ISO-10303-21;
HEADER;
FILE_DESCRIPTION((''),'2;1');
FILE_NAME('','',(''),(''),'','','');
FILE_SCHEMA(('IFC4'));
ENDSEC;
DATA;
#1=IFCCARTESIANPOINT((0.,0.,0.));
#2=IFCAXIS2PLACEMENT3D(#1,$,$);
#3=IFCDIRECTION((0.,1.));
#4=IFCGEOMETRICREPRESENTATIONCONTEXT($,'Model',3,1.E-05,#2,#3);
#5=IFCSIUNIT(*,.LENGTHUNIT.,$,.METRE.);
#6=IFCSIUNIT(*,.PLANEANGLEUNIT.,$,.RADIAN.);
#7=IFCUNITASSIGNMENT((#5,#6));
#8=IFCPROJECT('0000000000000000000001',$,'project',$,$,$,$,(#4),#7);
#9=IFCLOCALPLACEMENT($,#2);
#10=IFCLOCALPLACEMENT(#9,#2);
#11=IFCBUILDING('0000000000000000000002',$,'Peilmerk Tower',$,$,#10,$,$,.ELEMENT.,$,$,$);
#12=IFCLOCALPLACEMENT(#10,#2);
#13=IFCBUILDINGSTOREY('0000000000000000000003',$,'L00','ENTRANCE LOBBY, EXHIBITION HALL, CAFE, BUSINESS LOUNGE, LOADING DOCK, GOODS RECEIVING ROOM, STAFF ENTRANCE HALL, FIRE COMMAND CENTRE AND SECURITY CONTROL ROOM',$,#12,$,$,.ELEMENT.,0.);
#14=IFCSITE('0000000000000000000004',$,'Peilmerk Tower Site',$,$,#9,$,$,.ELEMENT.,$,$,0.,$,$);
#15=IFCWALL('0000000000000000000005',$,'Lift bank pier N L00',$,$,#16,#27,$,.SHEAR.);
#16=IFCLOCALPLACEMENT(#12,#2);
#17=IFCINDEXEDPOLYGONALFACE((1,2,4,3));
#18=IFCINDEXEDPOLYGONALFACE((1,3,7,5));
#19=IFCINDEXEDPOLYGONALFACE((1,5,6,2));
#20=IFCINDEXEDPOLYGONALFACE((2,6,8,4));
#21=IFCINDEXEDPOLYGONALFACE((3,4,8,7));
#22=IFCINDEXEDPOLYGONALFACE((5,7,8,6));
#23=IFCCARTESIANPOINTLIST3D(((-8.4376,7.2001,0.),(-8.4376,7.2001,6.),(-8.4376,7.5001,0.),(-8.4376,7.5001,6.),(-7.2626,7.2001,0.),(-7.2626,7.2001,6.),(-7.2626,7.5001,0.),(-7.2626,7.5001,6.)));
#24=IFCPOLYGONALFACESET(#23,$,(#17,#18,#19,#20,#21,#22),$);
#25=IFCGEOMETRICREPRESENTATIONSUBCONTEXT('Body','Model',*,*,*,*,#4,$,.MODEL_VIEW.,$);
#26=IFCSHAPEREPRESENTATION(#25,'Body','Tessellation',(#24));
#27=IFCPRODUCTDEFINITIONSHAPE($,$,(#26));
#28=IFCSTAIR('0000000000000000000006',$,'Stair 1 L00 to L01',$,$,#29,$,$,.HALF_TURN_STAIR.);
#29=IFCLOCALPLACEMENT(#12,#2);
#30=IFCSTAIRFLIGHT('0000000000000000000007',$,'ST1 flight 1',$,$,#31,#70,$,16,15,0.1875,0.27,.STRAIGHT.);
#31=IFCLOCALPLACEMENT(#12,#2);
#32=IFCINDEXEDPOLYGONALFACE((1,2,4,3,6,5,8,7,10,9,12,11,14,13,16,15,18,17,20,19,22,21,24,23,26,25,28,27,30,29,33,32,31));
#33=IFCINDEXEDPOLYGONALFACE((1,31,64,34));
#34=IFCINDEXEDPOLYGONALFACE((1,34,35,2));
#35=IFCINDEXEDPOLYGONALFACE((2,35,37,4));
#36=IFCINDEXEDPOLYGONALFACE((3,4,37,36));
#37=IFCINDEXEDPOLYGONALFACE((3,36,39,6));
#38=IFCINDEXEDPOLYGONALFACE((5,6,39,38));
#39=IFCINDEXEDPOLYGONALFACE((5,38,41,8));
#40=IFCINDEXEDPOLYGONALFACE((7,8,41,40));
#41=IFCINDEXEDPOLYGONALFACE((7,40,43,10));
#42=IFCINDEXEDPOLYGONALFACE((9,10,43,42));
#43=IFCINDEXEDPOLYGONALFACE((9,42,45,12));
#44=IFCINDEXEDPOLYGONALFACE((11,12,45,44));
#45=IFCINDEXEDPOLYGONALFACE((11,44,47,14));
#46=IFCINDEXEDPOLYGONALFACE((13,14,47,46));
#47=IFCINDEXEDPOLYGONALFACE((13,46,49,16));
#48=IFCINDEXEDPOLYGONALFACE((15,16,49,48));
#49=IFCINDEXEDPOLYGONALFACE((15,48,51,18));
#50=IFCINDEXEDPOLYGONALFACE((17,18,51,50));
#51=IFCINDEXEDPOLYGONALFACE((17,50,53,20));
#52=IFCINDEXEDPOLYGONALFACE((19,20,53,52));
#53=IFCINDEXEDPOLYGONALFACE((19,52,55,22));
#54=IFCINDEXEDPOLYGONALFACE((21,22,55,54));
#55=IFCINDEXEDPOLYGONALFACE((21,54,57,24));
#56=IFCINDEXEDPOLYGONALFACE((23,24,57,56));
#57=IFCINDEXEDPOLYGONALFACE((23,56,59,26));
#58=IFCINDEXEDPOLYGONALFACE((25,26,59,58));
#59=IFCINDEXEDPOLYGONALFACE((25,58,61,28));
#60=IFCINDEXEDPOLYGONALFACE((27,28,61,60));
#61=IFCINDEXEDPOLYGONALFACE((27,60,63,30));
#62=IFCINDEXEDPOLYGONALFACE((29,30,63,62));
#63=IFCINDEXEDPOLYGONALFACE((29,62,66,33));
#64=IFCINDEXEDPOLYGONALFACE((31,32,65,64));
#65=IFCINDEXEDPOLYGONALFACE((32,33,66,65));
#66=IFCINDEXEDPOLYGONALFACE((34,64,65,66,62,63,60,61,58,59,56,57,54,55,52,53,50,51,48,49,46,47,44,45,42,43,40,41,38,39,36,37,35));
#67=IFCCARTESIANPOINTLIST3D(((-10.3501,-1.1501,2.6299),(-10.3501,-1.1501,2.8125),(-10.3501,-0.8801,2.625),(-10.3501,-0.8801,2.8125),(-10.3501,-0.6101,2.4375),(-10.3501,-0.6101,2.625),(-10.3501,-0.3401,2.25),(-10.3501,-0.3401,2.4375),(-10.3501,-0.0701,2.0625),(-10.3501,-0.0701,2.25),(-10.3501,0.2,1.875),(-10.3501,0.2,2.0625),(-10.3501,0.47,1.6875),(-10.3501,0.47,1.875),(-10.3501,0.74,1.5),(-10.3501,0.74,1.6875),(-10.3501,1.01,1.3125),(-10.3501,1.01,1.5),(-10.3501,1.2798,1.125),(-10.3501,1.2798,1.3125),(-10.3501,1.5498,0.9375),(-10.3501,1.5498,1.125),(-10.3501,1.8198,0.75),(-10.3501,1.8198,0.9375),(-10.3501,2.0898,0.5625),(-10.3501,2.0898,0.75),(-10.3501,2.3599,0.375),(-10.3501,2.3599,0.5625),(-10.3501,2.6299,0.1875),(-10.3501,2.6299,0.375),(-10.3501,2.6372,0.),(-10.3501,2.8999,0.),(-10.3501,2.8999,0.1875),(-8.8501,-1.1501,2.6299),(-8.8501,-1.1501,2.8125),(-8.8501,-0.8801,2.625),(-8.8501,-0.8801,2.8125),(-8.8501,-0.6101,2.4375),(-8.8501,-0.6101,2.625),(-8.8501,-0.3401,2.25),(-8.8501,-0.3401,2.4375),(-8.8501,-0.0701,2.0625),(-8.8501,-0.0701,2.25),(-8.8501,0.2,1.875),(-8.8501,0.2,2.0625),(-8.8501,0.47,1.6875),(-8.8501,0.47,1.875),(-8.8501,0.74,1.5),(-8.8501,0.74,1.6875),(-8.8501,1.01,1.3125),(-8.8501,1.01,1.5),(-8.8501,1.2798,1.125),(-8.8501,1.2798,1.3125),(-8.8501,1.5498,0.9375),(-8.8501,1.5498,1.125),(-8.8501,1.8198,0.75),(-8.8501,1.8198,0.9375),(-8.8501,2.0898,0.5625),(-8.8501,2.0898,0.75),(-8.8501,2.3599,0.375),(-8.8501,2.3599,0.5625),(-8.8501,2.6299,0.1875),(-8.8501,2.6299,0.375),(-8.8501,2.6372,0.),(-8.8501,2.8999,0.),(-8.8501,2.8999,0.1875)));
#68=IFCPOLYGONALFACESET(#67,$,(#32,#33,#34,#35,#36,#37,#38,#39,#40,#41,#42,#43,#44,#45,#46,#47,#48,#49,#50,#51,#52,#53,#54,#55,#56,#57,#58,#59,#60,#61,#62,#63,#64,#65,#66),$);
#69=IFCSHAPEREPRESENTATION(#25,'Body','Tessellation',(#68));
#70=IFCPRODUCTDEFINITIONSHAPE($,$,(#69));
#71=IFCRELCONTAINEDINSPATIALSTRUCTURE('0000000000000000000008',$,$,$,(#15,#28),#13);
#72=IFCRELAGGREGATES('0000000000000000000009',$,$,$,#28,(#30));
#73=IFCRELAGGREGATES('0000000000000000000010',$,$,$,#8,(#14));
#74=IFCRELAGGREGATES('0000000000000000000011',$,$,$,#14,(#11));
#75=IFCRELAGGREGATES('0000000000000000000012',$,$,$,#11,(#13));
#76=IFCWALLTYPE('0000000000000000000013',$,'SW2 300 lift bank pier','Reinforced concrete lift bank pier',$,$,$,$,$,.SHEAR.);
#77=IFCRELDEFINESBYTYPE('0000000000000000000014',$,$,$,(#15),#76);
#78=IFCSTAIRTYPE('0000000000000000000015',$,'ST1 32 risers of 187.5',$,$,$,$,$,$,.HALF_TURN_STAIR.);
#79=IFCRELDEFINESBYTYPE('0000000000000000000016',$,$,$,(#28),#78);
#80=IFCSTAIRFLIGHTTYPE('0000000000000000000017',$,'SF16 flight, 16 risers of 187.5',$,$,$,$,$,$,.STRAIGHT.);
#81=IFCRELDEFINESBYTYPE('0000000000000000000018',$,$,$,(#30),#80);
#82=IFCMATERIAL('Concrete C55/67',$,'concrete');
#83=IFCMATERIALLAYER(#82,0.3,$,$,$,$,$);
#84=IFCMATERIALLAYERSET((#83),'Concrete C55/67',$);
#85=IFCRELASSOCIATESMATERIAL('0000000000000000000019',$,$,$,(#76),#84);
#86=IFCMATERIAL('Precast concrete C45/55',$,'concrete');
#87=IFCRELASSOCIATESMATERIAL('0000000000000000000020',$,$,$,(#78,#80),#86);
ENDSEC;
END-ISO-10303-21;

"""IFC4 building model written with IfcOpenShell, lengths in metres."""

from ifc_helpers import new_model, si_unit, direction, frame, frame_2d, origin, place, context, subcontext, project, spatial, polyline, rectangle, outline, extrude, material, layer, layer_set, type_object, element, aggregate, save


model = new_model("IFC4")

# Units and contexts
model_context = context("Model", 3, precision=1e-05, world=origin(), true_north=direction((0.0, 1.0)))
body_context = subcontext(model_context, "Body", "Model", "MODEL_VIEW")
ifc_project = project(units=[si_unit("LENGTHUNIT", "METRE"), si_unit("PLANEANGLEUNIT", "RADIAN")], contexts=[model_context])

# Site, building, storey
site_placement = place(None, origin())
site = spatial("IfcSite", under=ifc_project, at=site_placement, Name="Peilmerk Tower Site", CompositionType="ELEMENT", RefElevation=0.0)
building_placement = place(site_placement, origin())
building = spatial("IfcBuilding", under=site, at=building_placement, Name="Peilmerk Tower", CompositionType="ELEMENT")
storey_placement = place(building_placement, origin())
storey = spatial("IfcBuildingStorey", under=building, at=storey_placement, Name="L00", Description="ENTRANCE LOBBY, EXHIBITION HALL, CAFE, BUSINESS LOUNGE, LOADING DOCK, GOODS RECEIVING ROOM, STAFF ENTRANCE HALL, FIRE COMMAND CENTRE AND SECURITY CONTROL ROOM", CompositionType="ELEMENT", Elevation=0.0)

# Wall
ifc_material_1 = material(Name="Concrete C55/67", Category="concrete")
ifc_layer_1 = layer(ifc_material_1, 0.3)
ifc_layer_set_1 = layer_set([ifc_layer_1], Name="Concrete C55/67")
wall_type_1 = type_object("IfcWallType", Name="SW2 300 lift bank pier", Description="Reinforced concrete lift bank pier", PredefinedType="SHEAR", material=ifc_layer_set_1)
wall_1_placement = place(storey_placement, frame((-8.4375, 7.3501, 0.0), z_axis=(0.0, 0.0, 1.0), x_axis=(1.0, 0.0, 0.0)))
element("IfcWall", 1, at=wall_1_placement, inside=storey, type_object=wall_type_1, Name="Lift bank pier N L00", PredefinedType="SHEAR", context=body_context, shape_type="SweptSolid", body=[
    extrude(rectangle(XDim=1.175, YDim=0.3, at=frame_2d((0.5874, 0.0))), origin(), (0.0, 0.0, 1.0), 6.0),
])

# Stair, stair flight
ifc_material_2 = material(Name="Precast concrete C45/55", Category="concrete")
stair_type = type_object("IfcStairType", Name="ST1 32 risers of 187.5", PredefinedType="HALF_TURN_STAIR", material=ifc_material_2)
stair_placement = place(storey_placement, origin())
stair = element("IfcStair", 2, at=stair_placement, inside=storey, type_object=stair_type, Name="Stair 1 L00 to L01", PredefinedType="HALF_TURN_STAIR")
stair_flight_type = type_object("IfcStairFlightType", Name="SF16 flight, 16 risers of 187.5", PredefinedType="STRAIGHT", material=ifc_material_2)
stair_flight_placement = place(storey_placement, frame((-9.6001, 2.8999, 0.0), z_axis=(0.0, 0.0, 1.0), x_axis=(0.0, -1.0, 0.0)))
stair_flight = element("IfcStairFlight", 3, at=stair_flight_placement, type_object=stair_flight_type, Name="ST1 flight 1", NumberOfRisers=16, NumberOfTreads=15, PredefinedType="STRAIGHT", RiserHeight=0.1875, TreadLength=0.27, context=body_context, shape_type="SweptSolid", body=[
    extrude(outline(polyline([(0.0, 0.0), (0.0, 0.1875), (0.27, 0.1875), (0.27, 0.375), (0.54, 0.375), (0.54, 0.5625), (0.8101, 0.5625), (0.8101, 0.75), (1.0801, 0.75), (1.0801, 0.9375), (1.3501, 0.9375), (1.3501, 1.125), (1.6201, 1.125), (1.6201, 1.3125), (1.8899, 1.3125), (1.8899, 1.5), (2.1599, 1.5), (2.1599, 1.6875), (2.4299, 1.6875), (2.4299, 1.875), (2.7, 1.875), (2.7, 2.0625), (2.97, 2.0625), (2.97, 2.25), (3.24, 2.25), (3.24, 2.4375), (3.51, 2.4375), (3.51, 2.625), (3.78, 2.625), (3.78, 2.8125), (4.05, 2.8125), (4.05, 3.0), (4.05, 2.6299), (0.2627, 0.0), (0.0, 0.0)])), frame((0.0, 0.75, 0.0), z_axis=(0.0, -1.0, 0.0), x_axis=(1.0, 0.0, 0.0)), (0.0, 0.0, 1.0), 1.5),
])
aggregate(stair, [stair_flight])

save(model, "model.ifc")
